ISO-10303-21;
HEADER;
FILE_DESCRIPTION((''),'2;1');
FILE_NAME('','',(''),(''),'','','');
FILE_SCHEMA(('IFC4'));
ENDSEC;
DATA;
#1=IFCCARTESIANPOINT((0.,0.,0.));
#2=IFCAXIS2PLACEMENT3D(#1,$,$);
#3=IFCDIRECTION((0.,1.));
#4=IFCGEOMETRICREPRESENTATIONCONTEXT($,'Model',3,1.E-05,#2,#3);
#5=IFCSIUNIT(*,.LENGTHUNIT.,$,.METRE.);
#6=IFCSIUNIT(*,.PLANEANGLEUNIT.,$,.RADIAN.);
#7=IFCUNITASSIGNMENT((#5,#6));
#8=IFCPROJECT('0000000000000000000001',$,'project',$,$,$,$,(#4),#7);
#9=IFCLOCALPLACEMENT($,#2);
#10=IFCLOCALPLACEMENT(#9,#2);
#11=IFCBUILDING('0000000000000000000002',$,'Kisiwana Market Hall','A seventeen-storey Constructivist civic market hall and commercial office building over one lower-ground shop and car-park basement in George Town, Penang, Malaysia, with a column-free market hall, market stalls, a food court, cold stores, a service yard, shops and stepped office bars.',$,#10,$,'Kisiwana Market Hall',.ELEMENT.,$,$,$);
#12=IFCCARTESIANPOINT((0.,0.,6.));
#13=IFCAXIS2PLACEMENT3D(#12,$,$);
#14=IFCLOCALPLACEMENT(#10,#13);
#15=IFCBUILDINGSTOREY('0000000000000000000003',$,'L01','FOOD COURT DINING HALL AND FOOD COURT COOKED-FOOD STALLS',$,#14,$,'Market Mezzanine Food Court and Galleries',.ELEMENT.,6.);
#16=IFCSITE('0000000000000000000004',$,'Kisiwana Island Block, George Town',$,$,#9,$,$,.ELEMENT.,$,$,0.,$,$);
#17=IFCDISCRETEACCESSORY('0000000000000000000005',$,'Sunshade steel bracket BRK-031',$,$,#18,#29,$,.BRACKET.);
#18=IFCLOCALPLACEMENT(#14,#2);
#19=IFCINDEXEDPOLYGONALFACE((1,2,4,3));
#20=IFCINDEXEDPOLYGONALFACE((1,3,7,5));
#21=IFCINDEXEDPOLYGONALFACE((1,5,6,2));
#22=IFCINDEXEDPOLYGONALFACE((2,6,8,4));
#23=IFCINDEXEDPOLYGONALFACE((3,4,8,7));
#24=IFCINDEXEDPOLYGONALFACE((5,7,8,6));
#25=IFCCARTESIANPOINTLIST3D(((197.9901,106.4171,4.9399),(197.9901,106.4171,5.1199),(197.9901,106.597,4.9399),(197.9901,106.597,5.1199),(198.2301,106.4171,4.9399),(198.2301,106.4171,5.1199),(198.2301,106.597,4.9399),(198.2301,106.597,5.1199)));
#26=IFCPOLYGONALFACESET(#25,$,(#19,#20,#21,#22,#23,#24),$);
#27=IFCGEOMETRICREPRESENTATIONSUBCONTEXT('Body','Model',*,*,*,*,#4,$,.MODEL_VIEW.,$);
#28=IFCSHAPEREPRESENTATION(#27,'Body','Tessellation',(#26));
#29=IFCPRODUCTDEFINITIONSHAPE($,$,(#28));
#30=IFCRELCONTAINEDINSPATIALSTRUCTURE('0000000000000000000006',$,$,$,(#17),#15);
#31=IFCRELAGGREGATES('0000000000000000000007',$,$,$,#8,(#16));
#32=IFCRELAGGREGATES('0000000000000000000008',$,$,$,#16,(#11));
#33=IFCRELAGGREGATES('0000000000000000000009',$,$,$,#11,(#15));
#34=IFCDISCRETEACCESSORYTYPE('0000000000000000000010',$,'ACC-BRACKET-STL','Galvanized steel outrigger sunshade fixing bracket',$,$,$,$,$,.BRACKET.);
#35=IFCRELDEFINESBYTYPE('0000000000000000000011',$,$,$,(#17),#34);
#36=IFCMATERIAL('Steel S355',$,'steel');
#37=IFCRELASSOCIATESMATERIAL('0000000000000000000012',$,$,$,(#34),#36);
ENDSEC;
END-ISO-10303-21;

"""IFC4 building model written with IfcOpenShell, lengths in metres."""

from ifc_helpers import new_model, si_unit, direction, frame, origin, origin_2d, place, context, subcontext, project, spatial, rectangle, extrude, material, type_object, element, save


model = new_model("IFC4")

# Units and contexts
model_context = context("Model", 3, precision=1e-05, world=origin(), true_north=direction((0.0, 1.0)))
body_context = subcontext(model_context, "Body", "Model", "MODEL_VIEW")
ifc_project = project(units=[si_unit("LENGTHUNIT", "METRE"), si_unit("PLANEANGLEUNIT", "RADIAN")], contexts=[model_context])

# Site, building, storey
site_placement = place(None, origin())
site = spatial("IfcSite", under=ifc_project, at=site_placement, Name="Kisiwana Island Block, George Town", CompositionType="ELEMENT", RefElevation=0.0)
building_placement = place(site_placement, origin())
building = spatial("IfcBuilding", under=site, at=building_placement, Name="Kisiwana Market Hall", Description="A seventeen-storey Constructivist civic market hall and commercial office building over one lower-ground shop and car-park basement in George Town, Penang, Malaysia, with a column-free market hall, market stalls, a food court, cold stores, a service yard, shops and stepped office bars.", LongName="Kisiwana Market Hall", CompositionType="ELEMENT")
storey_placement = place(building_placement, frame((0.0, 0.0, 6.0)))
storey = spatial("IfcBuildingStorey", under=building, at=storey_placement, Name="L01", Description="FOOD COURT DINING HALL AND FOOD COURT COOKED-FOOD STALLS", LongName="Market Mezzanine Food Court and Galleries", CompositionType="ELEMENT", Elevation=6.0)

# Discrete accessory
ifc_material_1 = material(Name="Steel S355", Category="steel")
discrete_accessory_type = type_object("IfcDiscreteAccessoryType", Name="ACC-BRACKET-STL", Description="Galvanized steel outrigger sunshade fixing bracket", PredefinedType="BRACKET", material=ifc_material_1)
discrete_accessory_placement = place(storey_placement, frame((198.1101, 106.5071, 4.9399), z_axis=(0.0, 0.0, 1.0), x_axis=(0.0, 1.0, 0.0)))
element("IfcDiscreteAccessory", 1, at=discrete_accessory_placement, inside=storey, type_object=discrete_accessory_type, Name="Sunshade steel bracket BRK-031", PredefinedType="BRACKET", context=body_context, shape_type="SweptSolid", body=[
    extrude(rectangle(XDim=0.1799, YDim=0.24, at=origin_2d()), origin(), (0.0, 0.0, 1.0), 0.1799),
])

save(model, "model.ifc")
